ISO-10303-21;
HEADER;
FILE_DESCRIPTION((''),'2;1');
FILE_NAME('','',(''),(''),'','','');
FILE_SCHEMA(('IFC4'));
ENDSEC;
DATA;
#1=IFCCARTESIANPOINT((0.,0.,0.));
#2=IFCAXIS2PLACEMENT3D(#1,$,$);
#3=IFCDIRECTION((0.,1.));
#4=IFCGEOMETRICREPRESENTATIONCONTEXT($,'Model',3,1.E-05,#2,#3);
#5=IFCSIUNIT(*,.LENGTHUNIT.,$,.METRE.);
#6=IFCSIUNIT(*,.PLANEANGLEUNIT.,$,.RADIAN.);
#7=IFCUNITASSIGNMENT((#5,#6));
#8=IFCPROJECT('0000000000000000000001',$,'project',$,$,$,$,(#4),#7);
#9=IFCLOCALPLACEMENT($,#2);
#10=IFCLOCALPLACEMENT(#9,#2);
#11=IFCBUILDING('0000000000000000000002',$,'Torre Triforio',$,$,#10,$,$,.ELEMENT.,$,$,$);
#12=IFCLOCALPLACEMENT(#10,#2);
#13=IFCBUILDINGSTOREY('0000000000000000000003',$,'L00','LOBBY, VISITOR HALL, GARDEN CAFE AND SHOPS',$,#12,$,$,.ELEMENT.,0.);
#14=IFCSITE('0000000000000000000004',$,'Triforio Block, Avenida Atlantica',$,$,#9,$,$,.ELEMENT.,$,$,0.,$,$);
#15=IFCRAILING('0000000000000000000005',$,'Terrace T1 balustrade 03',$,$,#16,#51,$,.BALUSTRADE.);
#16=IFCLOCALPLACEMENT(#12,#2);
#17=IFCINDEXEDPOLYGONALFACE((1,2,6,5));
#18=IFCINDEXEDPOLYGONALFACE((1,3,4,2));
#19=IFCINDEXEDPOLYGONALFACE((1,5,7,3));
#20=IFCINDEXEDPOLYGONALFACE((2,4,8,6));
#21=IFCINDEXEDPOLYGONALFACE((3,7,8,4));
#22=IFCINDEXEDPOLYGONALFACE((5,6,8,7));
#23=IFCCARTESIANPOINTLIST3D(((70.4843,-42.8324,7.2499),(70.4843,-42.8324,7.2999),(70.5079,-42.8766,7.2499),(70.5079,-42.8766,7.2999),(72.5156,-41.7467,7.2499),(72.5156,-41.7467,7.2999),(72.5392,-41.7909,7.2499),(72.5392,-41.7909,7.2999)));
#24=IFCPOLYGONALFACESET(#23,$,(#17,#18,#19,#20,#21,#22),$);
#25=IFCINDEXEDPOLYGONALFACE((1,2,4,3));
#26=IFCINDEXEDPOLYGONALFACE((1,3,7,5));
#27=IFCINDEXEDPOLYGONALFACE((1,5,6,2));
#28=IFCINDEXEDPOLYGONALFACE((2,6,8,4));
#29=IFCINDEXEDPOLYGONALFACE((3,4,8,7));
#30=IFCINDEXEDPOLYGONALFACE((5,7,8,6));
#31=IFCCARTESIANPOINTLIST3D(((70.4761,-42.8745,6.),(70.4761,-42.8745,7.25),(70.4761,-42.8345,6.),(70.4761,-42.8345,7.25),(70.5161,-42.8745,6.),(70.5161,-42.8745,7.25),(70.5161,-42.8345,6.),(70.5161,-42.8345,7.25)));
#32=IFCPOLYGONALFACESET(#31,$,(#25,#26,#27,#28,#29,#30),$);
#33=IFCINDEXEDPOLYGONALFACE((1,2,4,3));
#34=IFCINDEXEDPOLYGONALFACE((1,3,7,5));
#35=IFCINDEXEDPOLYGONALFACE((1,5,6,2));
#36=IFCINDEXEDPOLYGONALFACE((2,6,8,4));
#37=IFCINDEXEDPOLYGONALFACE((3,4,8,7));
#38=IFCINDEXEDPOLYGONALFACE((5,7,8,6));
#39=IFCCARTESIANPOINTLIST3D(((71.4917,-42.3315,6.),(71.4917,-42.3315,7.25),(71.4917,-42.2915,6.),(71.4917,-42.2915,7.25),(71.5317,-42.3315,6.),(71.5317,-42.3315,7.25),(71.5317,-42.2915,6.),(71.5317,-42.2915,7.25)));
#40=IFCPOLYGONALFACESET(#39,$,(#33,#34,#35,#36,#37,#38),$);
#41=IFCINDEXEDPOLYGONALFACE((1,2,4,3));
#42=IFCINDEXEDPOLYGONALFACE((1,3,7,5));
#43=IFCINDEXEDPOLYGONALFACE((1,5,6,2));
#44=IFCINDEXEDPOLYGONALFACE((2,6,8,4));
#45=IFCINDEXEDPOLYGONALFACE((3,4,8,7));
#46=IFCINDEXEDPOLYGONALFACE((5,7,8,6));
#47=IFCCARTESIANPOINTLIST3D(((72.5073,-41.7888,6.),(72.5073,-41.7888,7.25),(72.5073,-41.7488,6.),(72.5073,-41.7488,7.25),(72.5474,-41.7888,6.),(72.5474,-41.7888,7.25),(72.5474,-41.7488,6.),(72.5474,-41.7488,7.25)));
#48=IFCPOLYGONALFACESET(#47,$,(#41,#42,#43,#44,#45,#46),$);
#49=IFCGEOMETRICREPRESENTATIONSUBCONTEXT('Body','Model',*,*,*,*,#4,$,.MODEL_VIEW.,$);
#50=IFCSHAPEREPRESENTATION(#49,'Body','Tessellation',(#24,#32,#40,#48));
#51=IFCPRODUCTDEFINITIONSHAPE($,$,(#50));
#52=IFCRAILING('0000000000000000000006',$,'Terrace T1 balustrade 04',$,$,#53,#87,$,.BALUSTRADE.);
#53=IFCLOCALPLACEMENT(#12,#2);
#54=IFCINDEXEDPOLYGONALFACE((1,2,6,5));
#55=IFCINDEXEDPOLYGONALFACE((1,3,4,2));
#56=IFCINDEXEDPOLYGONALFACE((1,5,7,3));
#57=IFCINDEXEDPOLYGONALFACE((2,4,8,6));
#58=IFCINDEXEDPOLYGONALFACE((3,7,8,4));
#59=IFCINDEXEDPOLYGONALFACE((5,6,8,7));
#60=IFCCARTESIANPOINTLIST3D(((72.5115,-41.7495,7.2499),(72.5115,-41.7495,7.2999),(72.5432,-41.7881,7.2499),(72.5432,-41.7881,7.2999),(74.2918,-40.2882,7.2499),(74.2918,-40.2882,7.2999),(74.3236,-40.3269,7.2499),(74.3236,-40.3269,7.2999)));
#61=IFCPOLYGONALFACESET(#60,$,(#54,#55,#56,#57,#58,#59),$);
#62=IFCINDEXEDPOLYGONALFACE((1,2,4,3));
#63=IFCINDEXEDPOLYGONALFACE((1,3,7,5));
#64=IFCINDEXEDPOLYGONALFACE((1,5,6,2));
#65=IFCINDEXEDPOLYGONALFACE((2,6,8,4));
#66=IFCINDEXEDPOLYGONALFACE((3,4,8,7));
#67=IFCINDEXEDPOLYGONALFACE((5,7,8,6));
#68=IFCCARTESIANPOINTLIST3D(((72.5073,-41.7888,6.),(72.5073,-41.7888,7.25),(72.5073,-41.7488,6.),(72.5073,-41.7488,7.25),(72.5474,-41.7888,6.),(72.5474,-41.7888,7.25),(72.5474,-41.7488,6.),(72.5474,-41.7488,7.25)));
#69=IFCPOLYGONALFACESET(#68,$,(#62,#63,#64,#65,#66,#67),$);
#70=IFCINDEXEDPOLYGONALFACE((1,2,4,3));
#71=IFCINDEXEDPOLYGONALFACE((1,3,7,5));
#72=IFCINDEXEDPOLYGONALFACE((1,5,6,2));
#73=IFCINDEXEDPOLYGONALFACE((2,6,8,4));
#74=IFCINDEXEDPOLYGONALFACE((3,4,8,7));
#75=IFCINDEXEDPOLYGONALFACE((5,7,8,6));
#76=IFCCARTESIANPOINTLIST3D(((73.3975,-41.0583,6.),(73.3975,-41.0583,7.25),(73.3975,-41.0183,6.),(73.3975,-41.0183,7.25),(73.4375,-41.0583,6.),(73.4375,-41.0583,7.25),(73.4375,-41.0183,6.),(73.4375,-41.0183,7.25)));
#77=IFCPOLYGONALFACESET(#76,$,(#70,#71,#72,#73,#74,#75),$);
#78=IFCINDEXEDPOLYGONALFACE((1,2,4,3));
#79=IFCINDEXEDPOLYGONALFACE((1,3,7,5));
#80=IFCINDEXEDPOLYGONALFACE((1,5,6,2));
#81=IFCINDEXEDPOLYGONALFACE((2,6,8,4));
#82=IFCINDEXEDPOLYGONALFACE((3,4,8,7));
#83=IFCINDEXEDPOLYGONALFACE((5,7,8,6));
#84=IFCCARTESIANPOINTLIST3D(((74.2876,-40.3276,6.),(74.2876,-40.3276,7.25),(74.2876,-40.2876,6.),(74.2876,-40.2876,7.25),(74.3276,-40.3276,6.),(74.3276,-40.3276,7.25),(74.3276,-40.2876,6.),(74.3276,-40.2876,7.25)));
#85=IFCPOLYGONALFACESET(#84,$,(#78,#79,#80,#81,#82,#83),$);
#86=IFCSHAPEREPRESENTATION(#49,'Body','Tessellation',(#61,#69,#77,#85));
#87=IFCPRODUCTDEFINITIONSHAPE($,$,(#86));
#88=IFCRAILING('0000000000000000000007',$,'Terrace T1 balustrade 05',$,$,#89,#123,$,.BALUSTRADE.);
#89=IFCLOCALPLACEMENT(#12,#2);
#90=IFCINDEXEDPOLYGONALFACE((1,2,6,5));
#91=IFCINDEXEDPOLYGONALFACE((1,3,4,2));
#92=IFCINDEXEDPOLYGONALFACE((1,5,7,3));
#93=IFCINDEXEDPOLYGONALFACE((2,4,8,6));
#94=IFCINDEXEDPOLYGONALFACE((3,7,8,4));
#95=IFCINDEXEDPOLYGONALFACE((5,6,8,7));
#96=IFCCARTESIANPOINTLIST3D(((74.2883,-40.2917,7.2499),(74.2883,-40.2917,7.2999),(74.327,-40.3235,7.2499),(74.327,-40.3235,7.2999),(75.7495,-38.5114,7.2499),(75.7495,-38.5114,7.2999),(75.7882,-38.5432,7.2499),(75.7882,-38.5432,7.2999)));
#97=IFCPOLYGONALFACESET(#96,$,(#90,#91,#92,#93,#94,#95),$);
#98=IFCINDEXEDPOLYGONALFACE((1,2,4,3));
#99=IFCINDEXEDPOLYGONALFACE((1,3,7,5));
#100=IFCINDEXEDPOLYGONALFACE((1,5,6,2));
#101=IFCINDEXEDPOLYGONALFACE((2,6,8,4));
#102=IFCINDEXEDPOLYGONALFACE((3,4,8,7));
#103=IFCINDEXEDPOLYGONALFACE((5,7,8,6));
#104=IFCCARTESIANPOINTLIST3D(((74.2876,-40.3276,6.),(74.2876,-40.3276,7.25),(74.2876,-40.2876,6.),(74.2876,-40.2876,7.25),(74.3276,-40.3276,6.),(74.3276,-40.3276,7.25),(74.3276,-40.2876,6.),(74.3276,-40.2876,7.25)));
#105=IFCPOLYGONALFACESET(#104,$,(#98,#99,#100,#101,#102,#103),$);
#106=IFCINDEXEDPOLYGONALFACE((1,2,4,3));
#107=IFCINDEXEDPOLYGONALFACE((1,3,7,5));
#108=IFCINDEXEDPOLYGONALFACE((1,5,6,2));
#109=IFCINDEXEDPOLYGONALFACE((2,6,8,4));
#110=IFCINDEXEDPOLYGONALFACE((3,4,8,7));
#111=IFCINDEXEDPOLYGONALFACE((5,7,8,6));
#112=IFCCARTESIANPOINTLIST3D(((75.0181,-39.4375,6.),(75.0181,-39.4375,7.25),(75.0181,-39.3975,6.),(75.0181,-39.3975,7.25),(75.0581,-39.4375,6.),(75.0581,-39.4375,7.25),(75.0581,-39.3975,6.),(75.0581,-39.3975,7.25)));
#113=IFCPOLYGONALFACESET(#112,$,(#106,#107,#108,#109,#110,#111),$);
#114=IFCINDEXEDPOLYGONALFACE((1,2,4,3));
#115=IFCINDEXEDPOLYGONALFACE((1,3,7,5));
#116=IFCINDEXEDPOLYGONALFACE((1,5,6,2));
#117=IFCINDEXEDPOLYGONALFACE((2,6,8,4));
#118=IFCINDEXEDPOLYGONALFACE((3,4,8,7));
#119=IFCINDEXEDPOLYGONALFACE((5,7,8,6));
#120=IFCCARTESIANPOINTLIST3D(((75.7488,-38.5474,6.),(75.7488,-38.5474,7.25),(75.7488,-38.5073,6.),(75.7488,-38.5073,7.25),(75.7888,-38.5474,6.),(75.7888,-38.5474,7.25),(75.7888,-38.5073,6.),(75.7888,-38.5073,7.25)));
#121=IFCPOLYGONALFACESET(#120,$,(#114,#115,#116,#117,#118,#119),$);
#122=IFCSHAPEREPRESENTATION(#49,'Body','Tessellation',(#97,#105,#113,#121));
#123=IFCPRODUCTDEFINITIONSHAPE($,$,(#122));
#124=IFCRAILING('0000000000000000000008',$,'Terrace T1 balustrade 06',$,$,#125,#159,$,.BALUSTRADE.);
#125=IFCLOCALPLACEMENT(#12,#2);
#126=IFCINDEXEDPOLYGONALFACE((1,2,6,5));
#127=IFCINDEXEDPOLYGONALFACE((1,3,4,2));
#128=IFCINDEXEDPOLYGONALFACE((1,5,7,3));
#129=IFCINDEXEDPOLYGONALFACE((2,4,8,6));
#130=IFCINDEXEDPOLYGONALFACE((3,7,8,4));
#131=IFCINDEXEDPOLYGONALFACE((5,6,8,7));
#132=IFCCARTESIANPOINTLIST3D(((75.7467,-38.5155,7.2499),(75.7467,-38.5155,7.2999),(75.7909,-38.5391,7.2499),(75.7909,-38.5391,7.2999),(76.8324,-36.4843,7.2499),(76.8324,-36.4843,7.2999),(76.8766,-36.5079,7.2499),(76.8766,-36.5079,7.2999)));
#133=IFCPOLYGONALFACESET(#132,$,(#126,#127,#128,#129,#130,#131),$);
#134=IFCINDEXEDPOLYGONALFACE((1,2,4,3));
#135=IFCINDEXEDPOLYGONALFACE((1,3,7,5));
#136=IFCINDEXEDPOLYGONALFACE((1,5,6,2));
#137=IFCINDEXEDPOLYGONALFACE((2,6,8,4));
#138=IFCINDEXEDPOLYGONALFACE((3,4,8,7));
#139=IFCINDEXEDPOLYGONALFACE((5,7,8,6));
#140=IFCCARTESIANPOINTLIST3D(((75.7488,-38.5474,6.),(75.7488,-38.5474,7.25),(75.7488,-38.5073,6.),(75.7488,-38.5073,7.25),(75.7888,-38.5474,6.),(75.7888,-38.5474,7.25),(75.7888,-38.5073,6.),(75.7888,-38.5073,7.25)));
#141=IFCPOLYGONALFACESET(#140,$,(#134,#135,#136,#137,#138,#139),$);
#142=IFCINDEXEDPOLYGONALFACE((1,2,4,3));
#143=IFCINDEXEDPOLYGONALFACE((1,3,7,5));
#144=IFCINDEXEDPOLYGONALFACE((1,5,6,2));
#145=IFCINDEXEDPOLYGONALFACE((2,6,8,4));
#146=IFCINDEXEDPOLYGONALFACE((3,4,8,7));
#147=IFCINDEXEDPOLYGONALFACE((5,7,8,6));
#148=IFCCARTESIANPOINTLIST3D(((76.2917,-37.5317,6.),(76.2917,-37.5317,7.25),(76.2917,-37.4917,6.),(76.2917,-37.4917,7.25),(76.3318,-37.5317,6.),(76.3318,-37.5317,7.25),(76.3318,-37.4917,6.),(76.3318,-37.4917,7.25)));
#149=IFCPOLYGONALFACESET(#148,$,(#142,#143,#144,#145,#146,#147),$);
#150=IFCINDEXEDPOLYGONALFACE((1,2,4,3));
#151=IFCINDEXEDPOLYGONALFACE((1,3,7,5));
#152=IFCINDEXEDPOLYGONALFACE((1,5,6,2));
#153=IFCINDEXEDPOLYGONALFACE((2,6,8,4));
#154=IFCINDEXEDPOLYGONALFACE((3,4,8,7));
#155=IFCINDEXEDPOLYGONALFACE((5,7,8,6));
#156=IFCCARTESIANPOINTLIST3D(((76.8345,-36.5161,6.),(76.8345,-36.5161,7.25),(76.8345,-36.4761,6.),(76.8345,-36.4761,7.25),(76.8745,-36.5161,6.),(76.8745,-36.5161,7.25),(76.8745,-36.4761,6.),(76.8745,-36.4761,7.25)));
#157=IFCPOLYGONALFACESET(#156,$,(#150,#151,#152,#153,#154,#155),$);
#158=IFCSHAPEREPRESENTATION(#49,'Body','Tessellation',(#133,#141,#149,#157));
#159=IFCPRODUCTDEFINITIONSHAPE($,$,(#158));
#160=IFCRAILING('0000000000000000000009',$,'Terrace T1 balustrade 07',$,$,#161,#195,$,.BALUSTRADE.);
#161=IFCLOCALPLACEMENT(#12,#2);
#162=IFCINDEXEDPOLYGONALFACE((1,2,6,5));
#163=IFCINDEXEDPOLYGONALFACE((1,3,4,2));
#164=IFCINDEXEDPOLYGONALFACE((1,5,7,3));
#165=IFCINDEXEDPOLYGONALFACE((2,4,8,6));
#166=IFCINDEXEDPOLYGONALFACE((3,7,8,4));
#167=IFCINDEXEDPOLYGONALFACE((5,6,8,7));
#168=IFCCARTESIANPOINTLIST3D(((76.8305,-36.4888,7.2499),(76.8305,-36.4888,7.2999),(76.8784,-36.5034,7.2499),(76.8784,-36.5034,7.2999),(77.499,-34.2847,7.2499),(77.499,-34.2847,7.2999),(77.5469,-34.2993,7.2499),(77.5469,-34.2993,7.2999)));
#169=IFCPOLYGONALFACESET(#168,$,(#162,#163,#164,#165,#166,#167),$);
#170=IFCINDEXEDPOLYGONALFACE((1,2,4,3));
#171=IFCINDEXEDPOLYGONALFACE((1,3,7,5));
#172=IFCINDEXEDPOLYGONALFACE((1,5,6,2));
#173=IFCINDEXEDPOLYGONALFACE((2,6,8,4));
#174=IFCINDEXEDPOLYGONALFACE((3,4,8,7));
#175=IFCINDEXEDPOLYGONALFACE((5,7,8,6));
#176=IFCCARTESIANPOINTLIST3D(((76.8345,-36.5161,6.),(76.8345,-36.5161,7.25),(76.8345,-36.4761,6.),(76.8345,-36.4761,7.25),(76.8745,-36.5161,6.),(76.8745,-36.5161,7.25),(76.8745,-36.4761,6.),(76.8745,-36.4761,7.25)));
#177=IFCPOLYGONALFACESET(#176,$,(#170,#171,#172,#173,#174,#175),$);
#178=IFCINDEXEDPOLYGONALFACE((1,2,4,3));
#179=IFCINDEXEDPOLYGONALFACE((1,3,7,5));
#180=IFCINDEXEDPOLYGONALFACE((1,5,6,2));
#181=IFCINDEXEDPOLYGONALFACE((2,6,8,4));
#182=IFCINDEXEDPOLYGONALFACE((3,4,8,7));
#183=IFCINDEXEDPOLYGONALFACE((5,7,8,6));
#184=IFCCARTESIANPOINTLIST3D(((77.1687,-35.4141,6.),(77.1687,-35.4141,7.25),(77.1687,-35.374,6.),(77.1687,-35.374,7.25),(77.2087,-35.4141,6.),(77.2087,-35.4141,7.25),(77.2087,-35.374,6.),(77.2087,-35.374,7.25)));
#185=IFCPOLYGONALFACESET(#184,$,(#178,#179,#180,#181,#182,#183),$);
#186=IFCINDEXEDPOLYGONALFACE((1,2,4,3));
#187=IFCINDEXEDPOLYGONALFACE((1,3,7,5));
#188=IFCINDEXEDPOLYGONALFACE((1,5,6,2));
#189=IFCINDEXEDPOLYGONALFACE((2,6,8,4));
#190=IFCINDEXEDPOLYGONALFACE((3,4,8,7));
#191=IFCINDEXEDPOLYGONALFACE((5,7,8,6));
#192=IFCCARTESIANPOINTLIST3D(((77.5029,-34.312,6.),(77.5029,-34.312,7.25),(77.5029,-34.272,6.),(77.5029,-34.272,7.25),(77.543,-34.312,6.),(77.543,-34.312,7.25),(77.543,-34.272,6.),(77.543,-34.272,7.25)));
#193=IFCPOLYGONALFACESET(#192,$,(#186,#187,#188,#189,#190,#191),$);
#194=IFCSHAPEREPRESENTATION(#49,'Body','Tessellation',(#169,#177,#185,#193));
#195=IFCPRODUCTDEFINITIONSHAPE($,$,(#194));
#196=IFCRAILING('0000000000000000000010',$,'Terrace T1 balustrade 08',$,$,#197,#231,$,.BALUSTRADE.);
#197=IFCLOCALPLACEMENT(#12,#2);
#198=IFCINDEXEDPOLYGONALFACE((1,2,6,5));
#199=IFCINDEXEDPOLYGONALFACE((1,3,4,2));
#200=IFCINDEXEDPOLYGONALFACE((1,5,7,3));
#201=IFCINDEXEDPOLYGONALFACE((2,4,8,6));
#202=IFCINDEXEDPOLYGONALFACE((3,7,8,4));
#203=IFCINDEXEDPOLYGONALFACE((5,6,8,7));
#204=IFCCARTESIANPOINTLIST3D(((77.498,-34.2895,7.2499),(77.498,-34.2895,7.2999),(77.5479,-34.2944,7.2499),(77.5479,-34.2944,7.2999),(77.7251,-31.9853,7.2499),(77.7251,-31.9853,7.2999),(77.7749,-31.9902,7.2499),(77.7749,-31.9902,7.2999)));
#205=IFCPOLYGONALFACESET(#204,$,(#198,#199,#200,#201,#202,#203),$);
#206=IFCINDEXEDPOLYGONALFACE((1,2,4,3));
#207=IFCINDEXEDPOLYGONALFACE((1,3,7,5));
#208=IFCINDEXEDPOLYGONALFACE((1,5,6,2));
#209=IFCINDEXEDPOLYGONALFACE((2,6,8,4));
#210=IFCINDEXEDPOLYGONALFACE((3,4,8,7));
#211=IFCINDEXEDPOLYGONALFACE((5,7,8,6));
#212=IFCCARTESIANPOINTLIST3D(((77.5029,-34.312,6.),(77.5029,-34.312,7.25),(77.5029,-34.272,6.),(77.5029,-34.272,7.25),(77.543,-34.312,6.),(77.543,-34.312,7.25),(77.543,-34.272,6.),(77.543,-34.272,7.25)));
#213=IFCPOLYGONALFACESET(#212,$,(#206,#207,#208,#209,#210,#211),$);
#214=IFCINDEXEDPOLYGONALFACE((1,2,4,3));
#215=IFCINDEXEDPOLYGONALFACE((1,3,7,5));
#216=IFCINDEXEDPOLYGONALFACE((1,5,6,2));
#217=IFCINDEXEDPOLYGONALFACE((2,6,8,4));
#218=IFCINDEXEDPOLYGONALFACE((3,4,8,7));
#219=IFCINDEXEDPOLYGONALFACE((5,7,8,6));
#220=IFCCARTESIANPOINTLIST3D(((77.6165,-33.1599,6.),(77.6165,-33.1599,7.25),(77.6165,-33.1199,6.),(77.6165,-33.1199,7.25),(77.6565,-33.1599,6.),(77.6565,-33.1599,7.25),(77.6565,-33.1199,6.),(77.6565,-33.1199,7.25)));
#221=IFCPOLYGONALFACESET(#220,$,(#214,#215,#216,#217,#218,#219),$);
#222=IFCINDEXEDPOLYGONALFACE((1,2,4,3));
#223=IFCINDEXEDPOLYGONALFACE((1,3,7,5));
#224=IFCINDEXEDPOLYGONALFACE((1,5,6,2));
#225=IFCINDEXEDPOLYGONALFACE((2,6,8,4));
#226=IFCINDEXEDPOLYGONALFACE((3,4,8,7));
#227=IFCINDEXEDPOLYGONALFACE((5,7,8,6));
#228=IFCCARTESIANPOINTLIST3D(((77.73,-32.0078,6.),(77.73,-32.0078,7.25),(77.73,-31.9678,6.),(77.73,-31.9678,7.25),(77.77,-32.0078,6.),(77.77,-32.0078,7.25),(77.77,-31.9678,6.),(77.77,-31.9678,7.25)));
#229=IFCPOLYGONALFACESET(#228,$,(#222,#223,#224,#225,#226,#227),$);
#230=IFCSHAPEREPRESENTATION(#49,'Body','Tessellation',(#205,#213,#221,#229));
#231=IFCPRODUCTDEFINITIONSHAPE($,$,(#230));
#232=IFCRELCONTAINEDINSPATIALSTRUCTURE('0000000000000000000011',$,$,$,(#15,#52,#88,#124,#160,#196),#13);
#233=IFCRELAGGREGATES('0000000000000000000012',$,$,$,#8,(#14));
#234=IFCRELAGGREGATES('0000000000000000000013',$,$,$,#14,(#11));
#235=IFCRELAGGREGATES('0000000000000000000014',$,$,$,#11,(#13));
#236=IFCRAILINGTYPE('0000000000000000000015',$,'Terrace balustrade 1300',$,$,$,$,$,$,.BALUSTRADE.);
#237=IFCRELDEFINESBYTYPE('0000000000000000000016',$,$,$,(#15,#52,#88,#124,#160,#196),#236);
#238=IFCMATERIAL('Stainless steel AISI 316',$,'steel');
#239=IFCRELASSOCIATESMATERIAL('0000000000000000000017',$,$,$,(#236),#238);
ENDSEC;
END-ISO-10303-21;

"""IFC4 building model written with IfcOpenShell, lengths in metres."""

from ifc_helpers import new_model, si_unit, direction, frame, origin, origin_2d, place, context, subcontext, project, spatial, rectangle, extrude, material, type_object, element, save


model = new_model("IFC4")

# Units and contexts
model_context = context("Model", 3, precision=1e-05, world=origin(), true_north=direction((0.0, 1.0)))
body_context = subcontext(model_context, "Body", "Model", "MODEL_VIEW")
ifc_project = project(units=[si_unit("LENGTHUNIT", "METRE"), si_unit("PLANEANGLEUNIT", "RADIAN")], contexts=[model_context])

# Site, building, storey
site_placement = place(None, origin())
site = spatial("IfcSite", under=ifc_project, at=site_placement, Name="Triforio Block, Avenida Atlantica", CompositionType="ELEMENT", RefElevation=0.0)
building_placement = place(site_placement, origin())
building = spatial("IfcBuilding", under=site, at=building_placement, Name="Torre Triforio", CompositionType="ELEMENT")
storey_placement = place(building_placement, origin())
storey = spatial("IfcBuildingStorey", under=building, at=storey_placement, Name="L00", Description="LOBBY, VISITOR HALL, GARDEN CAFE AND SHOPS", CompositionType="ELEMENT", Elevation=0.0)

# Railings
ifc_material_1 = material(Name="Stainless steel AISI 316", Category="steel")
railing_type_1 = type_object("IfcRailingType", Name="Terrace balustrade 1300", PredefinedType="BALUSTRADE", material=ifc_material_1)
railing_1_placement = place(storey_placement, frame((70.4961, -42.8545, 6.0)))
element("IfcRailing", 1, at=railing_1_placement, inside=storey, type_object=railing_type_1, Name="Terrace T1 balustrade 03", PredefinedType="BALUSTRADE", context=body_context, shape_type="SweptSolid", body=[
    extrude(rectangle(XDim=0.05, YDim=0.05, at=origin_2d()), frame((0.0, 0.0, 1.2749), z_axis=(0.881927, 0.471386, 0.0), x_axis=(-0.471386, 0.881927, 0.0)), (0.0, 0.0, 1.0), 2.3032),
    extrude(rectangle(XDim=0.04, YDim=0.04, at=origin_2d()), origin(), (0.0, 0.0, 1.0), 1.25),
    extrude(rectangle(XDim=0.04, YDim=0.04, at=origin_2d()), frame((1.0156, 0.543, 0.0)), (0.0, 0.0, 1.0), 1.25),
    extrude(rectangle(XDim=0.04, YDim=0.04, at=origin_2d()), frame((2.0312, 1.0857, 0.0)), (0.0, 0.0, 1.0), 1.25),
])
railing_2_placement = place(storey_placement, frame((72.5273, -41.7688, 6.0)))
element("IfcRailing", 2, at=railing_2_placement, inside=storey, type_object=railing_type_1, Name="Terrace T1 balustrade 04", PredefinedType="BALUSTRADE", context=body_context, shape_type="SweptSolid", body=[
    extrude(rectangle(XDim=0.05, YDim=0.05, at=origin_2d()), frame((0.0, 0.0, 1.2749), z_axis=(0.772979, 0.634432, 0.0), x_axis=(-0.634432, 0.772979, 0.0)), (0.0, 0.0, 1.0), 2.3032),
    extrude(rectangle(XDim=0.04, YDim=0.04, at=origin_2d()), origin(), (0.0, 0.0, 1.0), 1.25),
    extrude(rectangle(XDim=0.04, YDim=0.04, at=origin_2d()), frame((0.8901, 0.7305, 0.0)), (0.0, 0.0, 1.0), 1.25),
    extrude(rectangle(XDim=0.04, YDim=0.04, at=origin_2d()), frame((1.7803, 1.4612, 0.0)), (0.0, 0.0, 1.0), 1.25),
])
railing_3_placement = place(storey_placement, frame((74.3076, -40.3076, 6.0)))
element("IfcRailing", 3, at=railing_3_placement, inside=storey, type_object=railing_type_1, Name="Terrace T1 balustrade 05", PredefinedType="BALUSTRADE", context=body_context, shape_type="SweptSolid", body=[
    extrude(rectangle(XDim=0.05, YDim=0.05, at=origin_2d()), frame((0.0, 0.0, 1.2749), z_axis=(0.634432, 0.772979, 0.0), x_axis=(-0.772979, 0.634432, 0.0)), (0.0, 0.0, 1.0), 2.3032),
    extrude(rectangle(XDim=0.04, YDim=0.04, at=origin_2d()), origin(), (0.0, 0.0, 1.0), 1.25),
    extrude(rectangle(XDim=0.04, YDim=0.04, at=origin_2d()), frame((0.7305, 0.8901, 0.0)), (0.0, 0.0, 1.0), 1.25),
    extrude(rectangle(XDim=0.04, YDim=0.04, at=origin_2d()), frame((1.4612, 1.7803, 0.0)), (0.0, 0.0, 1.0), 1.25),
])
railing_4_placement = place(storey_placement, frame((75.7688, -38.5273, 6.0)))
element("IfcRailing", 4, at=railing_4_placement, inside=storey, type_object=railing_type_1, Name="Terrace T1 balustrade 06", PredefinedType="BALUSTRADE", context=body_context, shape_type="SweptSolid", body=[
    extrude(rectangle(XDim=0.05, YDim=0.05, at=origin_2d()), frame((0.0, 0.0, 1.2749), z_axis=(0.471386, 0.881927, 0.0), x_axis=(-0.881927, 0.471386, 0.0)), (0.0, 0.0, 1.0), 2.3032),
    extrude(rectangle(XDim=0.04, YDim=0.04, at=origin_2d()), origin(), (0.0, 0.0, 1.0), 1.25),
    extrude(rectangle(XDim=0.04, YDim=0.04, at=origin_2d()), frame((0.543, 1.0156, 0.0)), (0.0, 0.0, 1.0), 1.25),
    extrude(rectangle(XDim=0.04, YDim=0.04, at=origin_2d()), frame((1.0857, 2.0312, 0.0)), (0.0, 0.0, 1.0), 1.25),
])
railing_5_placement = place(storey_placement, frame((76.8545, -36.4961, 6.0)))
element("IfcRailing", 5, at=railing_5_placement, inside=storey, type_object=railing_type_1, Name="Terrace T1 balustrade 07", PredefinedType="BALUSTRADE", context=body_context, shape_type="SweptSolid", body=[
    extrude(rectangle(XDim=0.05, YDim=0.05, at=origin_2d()), frame((0.0, 0.0, 1.2749), z_axis=(0.290225, 0.956958, 0.0), x_axis=(-0.956958, 0.290225, 0.0)), (0.0, 0.0, 1.0), 2.3032),
    extrude(rectangle(XDim=0.04, YDim=0.04, at=origin_2d()), origin(), (0.0, 0.0, 1.0), 1.25),
    extrude(rectangle(XDim=0.04, YDim=0.04, at=origin_2d()), frame((0.3342, 1.1021, 0.0)), (0.0, 0.0, 1.0), 1.25),
    extrude(rectangle(XDim=0.04, YDim=0.04, at=origin_2d()), frame((0.6685, 2.2041, 0.0)), (0.0, 0.0, 1.0), 1.25),
])
railing_6_placement = place(storey_placement, frame((77.5229, -34.292, 6.0)))
element("IfcRailing", 6, at=railing_6_placement, inside=storey, type_object=railing_type_1, Name="Terrace T1 balustrade 08", PredefinedType="BALUSTRADE", context=body_context, shape_type="SweptSolid", body=[
    extrude(rectangle(XDim=0.05, YDim=0.05, at=origin_2d()), frame((0.0, 0.0, 1.2749), z_axis=(0.098063, 0.99518, 0.0), x_axis=(-0.99518, 0.098063, 0.0)), (0.0, 0.0, 1.0), 2.3154),
    extrude(rectangle(XDim=0.04, YDim=0.04, at=origin_2d()), origin(), (0.0, 0.0, 1.0), 1.25),
    extrude(rectangle(XDim=0.04, YDim=0.04, at=origin_2d()), frame((0.1135, 1.1521, 0.0)), (0.0, 0.0, 1.0), 1.25),
    extrude(rectangle(XDim=0.04, YDim=0.04, at=origin_2d()), frame((0.2271, 2.3042, 0.0)), (0.0, 0.0, 1.0), 1.25),
])

save(model, "model.ifc")
